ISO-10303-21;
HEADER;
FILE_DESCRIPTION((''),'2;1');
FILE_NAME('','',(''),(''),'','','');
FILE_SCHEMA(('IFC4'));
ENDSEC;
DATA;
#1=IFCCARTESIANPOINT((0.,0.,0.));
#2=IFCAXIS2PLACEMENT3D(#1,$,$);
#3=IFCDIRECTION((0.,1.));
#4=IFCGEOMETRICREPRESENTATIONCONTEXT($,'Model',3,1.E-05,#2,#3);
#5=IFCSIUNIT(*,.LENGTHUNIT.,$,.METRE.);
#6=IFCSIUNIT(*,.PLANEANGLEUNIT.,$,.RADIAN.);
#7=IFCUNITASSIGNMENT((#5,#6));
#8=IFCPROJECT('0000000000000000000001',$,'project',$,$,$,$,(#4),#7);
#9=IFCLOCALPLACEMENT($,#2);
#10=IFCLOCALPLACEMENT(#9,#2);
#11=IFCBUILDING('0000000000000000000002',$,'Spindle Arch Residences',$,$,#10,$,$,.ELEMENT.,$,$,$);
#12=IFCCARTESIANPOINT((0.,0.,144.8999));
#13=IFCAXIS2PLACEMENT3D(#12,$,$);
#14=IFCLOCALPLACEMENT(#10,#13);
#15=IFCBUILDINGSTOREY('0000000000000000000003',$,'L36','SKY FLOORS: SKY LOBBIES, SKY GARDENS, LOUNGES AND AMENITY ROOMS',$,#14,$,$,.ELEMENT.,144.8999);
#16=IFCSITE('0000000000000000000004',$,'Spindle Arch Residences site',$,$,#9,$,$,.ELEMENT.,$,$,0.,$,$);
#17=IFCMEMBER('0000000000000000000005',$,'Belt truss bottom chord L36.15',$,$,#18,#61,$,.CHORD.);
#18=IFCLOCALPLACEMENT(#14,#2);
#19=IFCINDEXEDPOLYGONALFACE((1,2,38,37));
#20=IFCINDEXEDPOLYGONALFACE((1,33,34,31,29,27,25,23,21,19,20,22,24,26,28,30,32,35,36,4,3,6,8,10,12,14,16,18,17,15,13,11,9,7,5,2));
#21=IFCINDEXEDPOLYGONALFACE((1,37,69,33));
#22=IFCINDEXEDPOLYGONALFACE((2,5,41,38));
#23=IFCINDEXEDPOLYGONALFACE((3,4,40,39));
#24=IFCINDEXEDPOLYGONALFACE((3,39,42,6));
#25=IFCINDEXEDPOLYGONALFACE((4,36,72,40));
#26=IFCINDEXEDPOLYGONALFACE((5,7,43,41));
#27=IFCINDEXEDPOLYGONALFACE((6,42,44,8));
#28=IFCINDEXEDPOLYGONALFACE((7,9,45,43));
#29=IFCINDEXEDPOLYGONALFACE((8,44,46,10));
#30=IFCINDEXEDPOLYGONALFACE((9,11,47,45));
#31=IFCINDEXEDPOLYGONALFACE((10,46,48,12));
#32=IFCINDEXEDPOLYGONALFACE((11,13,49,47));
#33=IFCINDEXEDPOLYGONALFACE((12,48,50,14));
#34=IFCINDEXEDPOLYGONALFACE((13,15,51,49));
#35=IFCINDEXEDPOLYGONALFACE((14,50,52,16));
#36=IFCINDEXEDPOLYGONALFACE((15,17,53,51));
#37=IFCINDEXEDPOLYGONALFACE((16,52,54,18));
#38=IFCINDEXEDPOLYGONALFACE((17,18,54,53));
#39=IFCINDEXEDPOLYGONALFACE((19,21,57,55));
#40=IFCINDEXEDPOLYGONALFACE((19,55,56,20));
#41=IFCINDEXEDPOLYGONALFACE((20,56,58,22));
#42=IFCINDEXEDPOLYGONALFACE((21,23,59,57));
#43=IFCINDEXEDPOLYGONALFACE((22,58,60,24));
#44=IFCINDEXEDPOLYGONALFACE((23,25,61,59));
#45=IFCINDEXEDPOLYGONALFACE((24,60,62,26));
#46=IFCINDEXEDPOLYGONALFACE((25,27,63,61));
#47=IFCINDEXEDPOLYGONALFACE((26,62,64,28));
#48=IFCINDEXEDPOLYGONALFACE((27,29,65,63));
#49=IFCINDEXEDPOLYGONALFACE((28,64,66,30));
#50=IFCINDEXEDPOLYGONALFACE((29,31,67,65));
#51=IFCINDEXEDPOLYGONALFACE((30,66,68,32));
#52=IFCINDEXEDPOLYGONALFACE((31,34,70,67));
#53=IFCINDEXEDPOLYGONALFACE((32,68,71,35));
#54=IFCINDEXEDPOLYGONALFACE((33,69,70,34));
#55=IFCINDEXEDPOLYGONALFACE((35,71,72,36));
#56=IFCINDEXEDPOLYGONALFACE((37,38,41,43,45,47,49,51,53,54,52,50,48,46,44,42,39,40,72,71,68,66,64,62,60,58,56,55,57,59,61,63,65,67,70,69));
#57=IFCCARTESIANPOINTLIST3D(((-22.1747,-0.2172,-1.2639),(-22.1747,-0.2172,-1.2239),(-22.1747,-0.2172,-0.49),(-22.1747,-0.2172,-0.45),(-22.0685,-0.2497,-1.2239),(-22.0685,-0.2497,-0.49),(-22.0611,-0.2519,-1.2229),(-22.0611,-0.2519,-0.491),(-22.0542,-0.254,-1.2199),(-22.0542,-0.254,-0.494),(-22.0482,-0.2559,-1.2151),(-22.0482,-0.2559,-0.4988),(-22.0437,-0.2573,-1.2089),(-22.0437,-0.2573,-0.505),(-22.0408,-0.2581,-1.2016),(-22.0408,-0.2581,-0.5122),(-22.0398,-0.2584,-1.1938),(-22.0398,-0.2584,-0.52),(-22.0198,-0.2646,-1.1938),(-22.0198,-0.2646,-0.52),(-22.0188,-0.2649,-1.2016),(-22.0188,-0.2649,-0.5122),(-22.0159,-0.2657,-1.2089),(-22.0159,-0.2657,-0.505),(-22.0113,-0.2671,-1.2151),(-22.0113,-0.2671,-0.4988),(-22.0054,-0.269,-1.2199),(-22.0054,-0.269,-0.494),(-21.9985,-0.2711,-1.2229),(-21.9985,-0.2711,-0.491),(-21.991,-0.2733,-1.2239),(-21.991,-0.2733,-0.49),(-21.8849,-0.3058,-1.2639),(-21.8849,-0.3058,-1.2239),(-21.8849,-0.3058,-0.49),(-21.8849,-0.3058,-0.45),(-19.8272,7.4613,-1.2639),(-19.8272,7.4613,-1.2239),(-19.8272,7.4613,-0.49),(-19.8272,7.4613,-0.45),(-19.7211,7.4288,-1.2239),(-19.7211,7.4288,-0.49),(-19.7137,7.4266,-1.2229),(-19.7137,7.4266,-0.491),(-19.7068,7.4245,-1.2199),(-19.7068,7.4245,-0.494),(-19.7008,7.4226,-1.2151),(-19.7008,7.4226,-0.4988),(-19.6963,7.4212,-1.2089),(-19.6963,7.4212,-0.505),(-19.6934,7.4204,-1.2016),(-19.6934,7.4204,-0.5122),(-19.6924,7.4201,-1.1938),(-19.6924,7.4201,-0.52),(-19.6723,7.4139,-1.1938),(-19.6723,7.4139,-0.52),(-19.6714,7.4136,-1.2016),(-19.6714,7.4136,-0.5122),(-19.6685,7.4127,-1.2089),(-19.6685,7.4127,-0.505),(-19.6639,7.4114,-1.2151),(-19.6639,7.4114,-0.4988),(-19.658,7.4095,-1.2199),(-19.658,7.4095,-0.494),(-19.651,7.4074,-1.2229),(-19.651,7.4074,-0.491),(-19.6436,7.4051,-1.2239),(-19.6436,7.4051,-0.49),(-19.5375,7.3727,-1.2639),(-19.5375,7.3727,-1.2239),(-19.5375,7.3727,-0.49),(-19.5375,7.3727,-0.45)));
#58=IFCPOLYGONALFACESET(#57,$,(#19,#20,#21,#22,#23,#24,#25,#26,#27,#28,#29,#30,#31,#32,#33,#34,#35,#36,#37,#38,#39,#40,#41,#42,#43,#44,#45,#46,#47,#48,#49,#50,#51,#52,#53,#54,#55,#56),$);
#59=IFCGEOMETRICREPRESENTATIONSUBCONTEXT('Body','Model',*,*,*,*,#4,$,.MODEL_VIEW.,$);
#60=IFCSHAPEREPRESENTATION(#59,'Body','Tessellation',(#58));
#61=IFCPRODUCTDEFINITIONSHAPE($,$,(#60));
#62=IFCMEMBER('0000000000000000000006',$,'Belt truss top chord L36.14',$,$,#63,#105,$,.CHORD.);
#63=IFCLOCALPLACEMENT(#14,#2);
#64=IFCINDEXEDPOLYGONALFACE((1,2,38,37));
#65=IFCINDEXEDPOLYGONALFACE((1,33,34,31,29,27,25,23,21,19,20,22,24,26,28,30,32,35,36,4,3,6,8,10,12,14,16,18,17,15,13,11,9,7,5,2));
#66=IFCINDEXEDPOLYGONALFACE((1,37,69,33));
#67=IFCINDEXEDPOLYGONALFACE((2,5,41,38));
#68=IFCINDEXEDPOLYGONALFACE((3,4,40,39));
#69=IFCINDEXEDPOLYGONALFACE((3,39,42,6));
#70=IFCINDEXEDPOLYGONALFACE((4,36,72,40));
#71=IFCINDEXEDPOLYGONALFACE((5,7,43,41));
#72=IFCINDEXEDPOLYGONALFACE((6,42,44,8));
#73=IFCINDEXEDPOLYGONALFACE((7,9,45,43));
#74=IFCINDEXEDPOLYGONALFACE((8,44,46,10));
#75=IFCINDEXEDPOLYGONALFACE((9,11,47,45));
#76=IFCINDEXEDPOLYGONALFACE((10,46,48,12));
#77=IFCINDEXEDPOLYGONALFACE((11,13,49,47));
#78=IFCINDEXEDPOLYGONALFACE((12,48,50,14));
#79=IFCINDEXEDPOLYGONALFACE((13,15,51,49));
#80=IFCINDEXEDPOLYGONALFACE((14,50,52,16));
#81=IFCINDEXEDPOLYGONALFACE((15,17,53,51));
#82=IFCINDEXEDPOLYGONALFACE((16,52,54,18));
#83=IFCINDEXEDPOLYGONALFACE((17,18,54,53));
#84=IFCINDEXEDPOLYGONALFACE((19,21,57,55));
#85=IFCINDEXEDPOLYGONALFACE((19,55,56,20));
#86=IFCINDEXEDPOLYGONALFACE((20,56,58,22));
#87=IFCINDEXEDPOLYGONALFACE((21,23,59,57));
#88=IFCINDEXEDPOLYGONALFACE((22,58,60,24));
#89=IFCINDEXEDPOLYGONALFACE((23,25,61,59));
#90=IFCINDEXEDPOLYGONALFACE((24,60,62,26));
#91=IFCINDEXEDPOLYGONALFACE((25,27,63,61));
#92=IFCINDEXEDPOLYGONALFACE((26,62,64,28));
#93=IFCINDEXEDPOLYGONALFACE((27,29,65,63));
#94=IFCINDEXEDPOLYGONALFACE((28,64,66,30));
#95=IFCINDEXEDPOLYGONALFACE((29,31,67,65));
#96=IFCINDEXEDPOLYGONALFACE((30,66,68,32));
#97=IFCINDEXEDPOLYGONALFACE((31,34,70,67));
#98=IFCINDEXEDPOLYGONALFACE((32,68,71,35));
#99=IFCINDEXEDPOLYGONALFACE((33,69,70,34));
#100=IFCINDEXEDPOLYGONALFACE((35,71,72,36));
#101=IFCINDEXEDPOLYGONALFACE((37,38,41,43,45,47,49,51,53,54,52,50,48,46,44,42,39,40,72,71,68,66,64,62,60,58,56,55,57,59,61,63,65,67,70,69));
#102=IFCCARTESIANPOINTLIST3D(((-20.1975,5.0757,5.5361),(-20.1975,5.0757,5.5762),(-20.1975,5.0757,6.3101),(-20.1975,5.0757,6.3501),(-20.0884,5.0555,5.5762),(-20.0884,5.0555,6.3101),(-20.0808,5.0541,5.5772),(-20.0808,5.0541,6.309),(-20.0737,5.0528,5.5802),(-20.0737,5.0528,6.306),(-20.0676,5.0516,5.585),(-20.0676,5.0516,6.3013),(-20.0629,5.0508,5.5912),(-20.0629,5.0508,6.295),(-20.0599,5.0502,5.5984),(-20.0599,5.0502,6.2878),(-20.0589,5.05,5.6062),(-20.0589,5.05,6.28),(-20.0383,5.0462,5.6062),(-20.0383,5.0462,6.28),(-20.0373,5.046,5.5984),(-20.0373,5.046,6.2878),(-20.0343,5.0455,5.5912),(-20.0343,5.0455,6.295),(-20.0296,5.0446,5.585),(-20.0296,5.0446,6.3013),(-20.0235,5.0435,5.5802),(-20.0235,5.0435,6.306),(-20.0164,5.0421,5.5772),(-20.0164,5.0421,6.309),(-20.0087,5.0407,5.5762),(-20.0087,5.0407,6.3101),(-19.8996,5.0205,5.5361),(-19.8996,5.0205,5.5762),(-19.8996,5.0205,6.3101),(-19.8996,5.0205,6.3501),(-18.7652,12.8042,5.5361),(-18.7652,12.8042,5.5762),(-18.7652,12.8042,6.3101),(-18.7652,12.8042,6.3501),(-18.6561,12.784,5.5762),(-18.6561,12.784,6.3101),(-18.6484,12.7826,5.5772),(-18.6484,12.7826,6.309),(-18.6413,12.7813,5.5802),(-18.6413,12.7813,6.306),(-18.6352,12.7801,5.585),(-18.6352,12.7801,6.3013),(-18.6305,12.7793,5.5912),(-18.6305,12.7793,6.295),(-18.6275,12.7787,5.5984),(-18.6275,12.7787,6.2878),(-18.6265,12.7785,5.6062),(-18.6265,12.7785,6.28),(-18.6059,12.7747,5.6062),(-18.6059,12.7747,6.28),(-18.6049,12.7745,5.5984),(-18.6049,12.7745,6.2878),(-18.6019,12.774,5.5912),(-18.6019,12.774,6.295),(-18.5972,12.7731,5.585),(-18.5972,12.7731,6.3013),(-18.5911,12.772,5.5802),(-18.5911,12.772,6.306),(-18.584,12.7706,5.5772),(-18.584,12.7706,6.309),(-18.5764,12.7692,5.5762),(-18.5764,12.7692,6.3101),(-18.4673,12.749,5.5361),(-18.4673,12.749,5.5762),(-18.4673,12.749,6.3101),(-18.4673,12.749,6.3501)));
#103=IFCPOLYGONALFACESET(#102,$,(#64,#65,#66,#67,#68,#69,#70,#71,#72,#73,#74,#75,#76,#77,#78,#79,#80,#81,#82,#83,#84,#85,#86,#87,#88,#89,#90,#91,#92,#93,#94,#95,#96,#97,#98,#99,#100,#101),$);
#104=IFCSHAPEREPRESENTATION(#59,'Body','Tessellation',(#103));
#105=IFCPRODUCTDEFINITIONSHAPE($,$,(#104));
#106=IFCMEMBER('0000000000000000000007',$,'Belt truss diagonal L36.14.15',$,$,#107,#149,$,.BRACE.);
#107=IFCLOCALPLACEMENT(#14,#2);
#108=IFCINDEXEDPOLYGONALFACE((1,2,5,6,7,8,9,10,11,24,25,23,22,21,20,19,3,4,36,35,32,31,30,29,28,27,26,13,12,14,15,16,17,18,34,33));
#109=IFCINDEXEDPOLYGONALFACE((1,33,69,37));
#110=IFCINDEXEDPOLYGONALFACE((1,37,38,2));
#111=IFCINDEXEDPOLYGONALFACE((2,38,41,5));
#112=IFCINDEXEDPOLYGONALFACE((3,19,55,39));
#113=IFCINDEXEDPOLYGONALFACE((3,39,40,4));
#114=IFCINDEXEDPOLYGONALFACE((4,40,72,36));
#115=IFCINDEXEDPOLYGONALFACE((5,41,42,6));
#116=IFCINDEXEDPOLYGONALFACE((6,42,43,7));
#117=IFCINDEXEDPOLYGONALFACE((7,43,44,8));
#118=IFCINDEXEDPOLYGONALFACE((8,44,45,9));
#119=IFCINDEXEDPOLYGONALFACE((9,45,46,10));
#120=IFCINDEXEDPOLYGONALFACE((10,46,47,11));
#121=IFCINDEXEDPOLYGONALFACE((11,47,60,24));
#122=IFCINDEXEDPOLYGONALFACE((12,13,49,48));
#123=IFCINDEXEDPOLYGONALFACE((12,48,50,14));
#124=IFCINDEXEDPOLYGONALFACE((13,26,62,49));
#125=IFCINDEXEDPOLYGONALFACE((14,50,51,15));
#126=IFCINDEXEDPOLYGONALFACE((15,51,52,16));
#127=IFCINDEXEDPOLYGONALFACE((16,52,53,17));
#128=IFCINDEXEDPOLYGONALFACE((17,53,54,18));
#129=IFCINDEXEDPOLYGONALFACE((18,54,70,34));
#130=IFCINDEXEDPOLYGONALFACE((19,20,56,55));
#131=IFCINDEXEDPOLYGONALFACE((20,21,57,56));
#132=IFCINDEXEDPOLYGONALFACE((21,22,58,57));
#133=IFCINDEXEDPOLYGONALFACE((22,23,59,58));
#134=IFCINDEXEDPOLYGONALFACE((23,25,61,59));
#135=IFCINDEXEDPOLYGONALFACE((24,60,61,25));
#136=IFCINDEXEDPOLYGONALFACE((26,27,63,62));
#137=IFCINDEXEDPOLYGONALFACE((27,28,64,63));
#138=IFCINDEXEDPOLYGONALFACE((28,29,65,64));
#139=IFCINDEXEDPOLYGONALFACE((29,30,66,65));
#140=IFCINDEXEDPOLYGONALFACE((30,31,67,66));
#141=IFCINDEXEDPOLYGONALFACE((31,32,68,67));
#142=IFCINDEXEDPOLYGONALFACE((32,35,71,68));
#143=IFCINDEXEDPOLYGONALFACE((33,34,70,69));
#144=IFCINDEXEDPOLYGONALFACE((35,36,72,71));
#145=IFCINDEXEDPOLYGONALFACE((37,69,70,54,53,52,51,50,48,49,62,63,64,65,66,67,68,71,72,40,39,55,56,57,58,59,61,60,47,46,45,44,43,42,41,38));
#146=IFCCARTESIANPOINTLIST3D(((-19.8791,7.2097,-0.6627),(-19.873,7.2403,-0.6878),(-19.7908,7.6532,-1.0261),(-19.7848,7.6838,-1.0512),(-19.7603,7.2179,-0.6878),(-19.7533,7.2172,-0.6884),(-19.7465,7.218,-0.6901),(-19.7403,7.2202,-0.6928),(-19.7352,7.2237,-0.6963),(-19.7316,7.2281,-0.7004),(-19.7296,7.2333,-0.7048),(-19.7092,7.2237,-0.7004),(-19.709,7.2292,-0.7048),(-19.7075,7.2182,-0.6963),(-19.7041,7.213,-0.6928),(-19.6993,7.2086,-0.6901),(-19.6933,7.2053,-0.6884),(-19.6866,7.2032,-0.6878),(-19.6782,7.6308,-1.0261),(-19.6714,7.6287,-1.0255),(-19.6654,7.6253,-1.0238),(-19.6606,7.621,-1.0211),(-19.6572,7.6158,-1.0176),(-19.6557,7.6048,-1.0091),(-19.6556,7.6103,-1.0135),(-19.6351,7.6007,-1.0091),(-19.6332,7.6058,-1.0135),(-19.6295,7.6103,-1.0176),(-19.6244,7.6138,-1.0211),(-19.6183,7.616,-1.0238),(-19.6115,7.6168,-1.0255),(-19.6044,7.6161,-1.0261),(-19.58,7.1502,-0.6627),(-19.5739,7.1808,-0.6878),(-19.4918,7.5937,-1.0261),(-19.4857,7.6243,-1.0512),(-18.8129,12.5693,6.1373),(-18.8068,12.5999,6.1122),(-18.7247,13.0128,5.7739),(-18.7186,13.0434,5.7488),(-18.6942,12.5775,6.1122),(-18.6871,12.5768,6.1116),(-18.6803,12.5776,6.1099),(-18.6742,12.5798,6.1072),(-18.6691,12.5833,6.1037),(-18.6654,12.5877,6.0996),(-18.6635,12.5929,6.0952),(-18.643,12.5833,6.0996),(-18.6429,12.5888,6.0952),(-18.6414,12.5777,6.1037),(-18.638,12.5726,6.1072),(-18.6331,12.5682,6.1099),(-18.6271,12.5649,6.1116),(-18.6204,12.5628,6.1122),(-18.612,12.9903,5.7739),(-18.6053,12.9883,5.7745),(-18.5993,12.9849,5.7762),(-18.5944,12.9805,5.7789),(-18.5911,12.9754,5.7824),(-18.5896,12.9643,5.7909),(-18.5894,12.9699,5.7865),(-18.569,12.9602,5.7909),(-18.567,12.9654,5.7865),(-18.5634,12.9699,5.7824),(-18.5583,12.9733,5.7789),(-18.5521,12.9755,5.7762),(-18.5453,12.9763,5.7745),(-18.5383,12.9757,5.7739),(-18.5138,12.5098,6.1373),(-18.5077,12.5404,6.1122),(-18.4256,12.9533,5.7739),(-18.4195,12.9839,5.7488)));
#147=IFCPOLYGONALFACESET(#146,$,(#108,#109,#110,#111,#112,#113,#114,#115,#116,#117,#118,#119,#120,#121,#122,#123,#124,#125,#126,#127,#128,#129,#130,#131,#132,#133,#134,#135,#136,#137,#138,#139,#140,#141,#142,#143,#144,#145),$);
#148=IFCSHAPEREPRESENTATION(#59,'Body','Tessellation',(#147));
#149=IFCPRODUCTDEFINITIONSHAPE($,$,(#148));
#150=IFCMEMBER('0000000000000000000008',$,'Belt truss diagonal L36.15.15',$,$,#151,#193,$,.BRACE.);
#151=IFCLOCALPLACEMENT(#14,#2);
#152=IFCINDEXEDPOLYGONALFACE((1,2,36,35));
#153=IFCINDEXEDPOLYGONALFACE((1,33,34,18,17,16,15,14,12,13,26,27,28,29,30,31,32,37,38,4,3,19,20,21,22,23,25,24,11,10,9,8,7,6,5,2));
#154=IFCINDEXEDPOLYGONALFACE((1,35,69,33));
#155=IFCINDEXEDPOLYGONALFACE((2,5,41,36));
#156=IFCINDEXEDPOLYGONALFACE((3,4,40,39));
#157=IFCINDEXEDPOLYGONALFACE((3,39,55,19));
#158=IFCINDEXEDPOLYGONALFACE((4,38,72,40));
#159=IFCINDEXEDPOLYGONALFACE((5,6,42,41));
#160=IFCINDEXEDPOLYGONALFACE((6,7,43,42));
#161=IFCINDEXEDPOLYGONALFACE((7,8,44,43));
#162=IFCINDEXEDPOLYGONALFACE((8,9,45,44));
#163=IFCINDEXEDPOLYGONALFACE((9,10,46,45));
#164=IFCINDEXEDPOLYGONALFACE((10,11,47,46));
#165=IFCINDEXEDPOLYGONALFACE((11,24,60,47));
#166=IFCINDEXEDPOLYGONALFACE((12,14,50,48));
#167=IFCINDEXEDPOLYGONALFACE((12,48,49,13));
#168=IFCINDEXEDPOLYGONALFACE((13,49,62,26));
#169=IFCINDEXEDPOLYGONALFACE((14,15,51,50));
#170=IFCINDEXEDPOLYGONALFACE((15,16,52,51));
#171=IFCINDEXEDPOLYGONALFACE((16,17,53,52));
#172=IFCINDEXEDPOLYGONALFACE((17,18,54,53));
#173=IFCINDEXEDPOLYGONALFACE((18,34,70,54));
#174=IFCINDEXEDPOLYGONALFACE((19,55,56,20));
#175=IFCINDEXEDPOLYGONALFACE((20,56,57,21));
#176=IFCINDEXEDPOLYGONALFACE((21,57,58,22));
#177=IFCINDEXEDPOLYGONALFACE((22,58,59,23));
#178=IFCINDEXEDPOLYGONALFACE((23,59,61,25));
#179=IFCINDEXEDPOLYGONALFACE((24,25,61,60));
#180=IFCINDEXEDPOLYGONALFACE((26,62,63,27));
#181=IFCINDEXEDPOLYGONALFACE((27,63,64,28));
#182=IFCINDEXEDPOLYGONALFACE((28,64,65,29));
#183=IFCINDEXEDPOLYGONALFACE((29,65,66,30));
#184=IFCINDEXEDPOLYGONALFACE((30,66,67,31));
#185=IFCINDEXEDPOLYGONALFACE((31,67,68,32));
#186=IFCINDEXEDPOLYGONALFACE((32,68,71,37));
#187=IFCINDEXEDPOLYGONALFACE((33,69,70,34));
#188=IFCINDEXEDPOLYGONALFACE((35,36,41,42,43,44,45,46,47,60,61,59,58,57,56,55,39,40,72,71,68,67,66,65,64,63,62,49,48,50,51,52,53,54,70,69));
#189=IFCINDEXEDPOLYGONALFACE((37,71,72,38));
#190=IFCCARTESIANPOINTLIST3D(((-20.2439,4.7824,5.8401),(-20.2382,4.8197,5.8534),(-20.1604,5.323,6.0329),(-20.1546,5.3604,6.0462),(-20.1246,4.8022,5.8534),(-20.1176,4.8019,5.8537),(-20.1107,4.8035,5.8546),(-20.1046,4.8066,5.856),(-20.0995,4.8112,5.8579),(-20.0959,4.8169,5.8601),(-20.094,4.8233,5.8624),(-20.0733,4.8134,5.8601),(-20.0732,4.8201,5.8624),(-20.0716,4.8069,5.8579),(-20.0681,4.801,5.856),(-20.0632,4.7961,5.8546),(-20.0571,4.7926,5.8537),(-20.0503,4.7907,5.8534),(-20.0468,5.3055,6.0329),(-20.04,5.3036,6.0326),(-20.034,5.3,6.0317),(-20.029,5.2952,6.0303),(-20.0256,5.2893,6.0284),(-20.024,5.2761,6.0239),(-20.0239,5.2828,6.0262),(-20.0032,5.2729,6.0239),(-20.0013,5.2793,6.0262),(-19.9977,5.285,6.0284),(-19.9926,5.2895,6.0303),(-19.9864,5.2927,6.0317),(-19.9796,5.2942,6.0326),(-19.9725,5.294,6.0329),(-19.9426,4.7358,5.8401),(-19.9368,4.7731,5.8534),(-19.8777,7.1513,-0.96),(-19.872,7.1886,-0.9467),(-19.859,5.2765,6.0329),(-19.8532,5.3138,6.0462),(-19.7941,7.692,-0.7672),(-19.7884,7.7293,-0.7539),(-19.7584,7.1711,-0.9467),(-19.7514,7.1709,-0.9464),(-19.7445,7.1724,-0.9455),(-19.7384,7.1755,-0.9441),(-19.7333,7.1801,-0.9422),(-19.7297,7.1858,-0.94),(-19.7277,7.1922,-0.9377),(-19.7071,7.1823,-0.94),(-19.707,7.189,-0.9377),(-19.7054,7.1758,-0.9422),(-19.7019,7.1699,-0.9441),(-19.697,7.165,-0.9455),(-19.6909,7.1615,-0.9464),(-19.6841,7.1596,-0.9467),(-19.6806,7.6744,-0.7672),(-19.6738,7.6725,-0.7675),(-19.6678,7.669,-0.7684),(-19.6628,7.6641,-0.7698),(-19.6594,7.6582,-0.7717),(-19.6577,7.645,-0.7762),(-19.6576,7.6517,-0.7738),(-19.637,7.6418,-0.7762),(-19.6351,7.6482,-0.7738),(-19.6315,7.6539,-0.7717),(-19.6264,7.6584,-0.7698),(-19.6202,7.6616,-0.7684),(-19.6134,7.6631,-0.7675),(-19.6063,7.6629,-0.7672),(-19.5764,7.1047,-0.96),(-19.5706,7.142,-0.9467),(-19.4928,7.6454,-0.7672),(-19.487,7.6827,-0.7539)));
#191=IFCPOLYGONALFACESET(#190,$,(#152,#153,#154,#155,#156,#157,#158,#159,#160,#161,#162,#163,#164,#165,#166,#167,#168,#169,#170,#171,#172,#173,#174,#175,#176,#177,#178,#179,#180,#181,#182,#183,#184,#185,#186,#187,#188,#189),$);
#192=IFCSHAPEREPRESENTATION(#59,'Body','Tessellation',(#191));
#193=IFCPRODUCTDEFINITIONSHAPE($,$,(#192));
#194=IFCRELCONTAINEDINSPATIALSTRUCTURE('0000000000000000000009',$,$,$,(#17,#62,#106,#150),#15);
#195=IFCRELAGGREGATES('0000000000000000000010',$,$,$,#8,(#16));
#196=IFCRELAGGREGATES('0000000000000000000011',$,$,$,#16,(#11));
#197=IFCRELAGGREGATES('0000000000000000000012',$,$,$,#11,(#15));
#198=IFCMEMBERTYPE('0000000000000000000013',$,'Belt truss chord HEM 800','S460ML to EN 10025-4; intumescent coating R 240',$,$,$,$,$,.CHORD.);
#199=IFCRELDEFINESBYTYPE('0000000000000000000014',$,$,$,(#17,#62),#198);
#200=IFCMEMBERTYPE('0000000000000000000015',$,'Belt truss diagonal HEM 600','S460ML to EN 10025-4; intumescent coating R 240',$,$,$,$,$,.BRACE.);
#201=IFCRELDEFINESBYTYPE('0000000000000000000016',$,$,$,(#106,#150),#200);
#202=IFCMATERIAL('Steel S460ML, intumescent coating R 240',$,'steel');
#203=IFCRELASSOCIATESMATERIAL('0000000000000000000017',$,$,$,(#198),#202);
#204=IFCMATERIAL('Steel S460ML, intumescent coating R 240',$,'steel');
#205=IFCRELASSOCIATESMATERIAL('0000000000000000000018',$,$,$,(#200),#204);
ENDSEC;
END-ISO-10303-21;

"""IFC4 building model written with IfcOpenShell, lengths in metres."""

from ifc_helpers import new_model, si_unit, direction, frame, origin, origin_2d, place, context, subcontext, project, spatial, i_section, extrude, material, material_profile, profile_set, type_object, element, save


model = new_model("IFC4")

# Units and contexts
model_context = context("Model", 3, precision=1e-05, world=origin(), true_north=direction((0.0, 1.0)))
body_context = subcontext(model_context, "Body", "Model", "MODEL_VIEW")
ifc_project = project(units=[si_unit("LENGTHUNIT", "METRE"), si_unit("PLANEANGLEUNIT", "RADIAN")], contexts=[model_context])

# Site, building, storey
site_placement = place(None, origin())
site = spatial("IfcSite", under=ifc_project, at=site_placement, Name="Spindle Arch Residences site", CompositionType="ELEMENT", RefElevation=0.0)
building_placement = place(site_placement, origin())
building = spatial("IfcBuilding", under=site, at=building_placement, Name="Spindle Arch Residences", CompositionType="ELEMENT")
storey_placement = place(building_placement, frame((0.0, 0.0, 144.8999)))
storey = spatial("IfcBuildingStorey", under=building, at=storey_placement, Name="L36", Description="SKY FLOORS: SKY LOBBIES, SKY GARDENS, LOUNGES AND AMENITY ROOMS", CompositionType="ELEMENT", Elevation=144.8999)

# Members
ifc_material_1 = material(Name="Steel S460ML, intumescent coating R 240", Category="steel")
ifc_material_profile_1 = material_profile(ifc_material_1, i_section(OverallWidth=0.303, OverallDepth=0.814, WebThickness=0.021, FlangeThickness=0.04, FilletRadius=0.03, at=origin_2d()), Name="HEM 800")
ifc_profile_set_1 = profile_set([ifc_material_profile_1], Name="Steel S460ML, intumescent coating R 240")
member_type_1 = type_object("IfcMemberType", Name="Belt truss chord HEM 800", Description="S460ML to EN 10025-4; intumescent coating R 240", PredefinedType="CHORD", material=ifc_profile_set_1)
member_1_placement = place(storey_placement, frame((-19.6824, 7.417, -0.8569), z_axis=(-0.292357, -0.956309, 0.0), x_axis=(0.956309, -0.292357, 0.0)))
element("IfcMember", 1, at=member_1_placement, inside=storey, type_object=member_type_1, Name="Belt truss bottom chord L36.15", PredefinedType="CHORD", context=body_context, shape_type="SweptSolid", body=[
    extrude(i_section(OverallWidth=0.303, OverallDepth=0.814, WebThickness=0.021, FlangeThickness=0.04, FilletRadius=0.03, at=origin_2d()), origin(), (0.0, 0.0, 1.0), 8.0293),
])
member_2_placement = place(storey_placement, frame((-18.6162, 12.7766, 5.9431), z_axis=(-0.182233, -0.983255, 0.0), x_axis=(0.983255, -0.182233, 0.0)))
element("IfcMember", 2, at=member_2_placement, inside=storey, type_object=member_type_1, Name="Belt truss top chord L36.14", PredefinedType="CHORD", context=body_context, shape_type="SweptSolid", body=[
    extrude(i_section(OverallWidth=0.303, OverallDepth=0.814, WebThickness=0.021, FlangeThickness=0.04, FilletRadius=0.03, at=origin_2d()), origin(), (0.0, 0.0, 1.0), 7.8601),
])
ifc_material_2 = material(Name="Steel S460ML, intumescent coating R 240", Category="steel")
ifc_material_profile_2 = material_profile(ifc_material_2, i_section(OverallWidth=0.3049, OverallDepth=0.6201, WebThickness=0.021, FlangeThickness=0.04, FilletRadius=0.0271, at=origin_2d()), Name="HEM 600")
ifc_profile_set_2 = profile_set([ifc_material_profile_2], Name="Steel S460ML, intumescent coating R 240")
member_type_2 = type_object("IfcMemberType", Name="Belt truss diagonal HEM 600", Description="S460ML to EN 10025-4; intumescent coating R 240", PredefinedType="BRACE", material=ifc_profile_set_2)
member_3_placement = place(storey_placement, frame((-19.6824, 7.417, -0.8569), z_axis=(0.122214, 0.614375, 0.779492), x_axis=(-0.980783, 0.195102, 0.0)))
element("IfcMember", 3, at=member_3_placement, inside=storey, type_object=member_type_2, Name="Belt truss diagonal L36.14.15", PredefinedType="BRACE", context=body_context, shape_type="SweptSolid", body=[
    extrude(i_section(OverallWidth=0.3049, OverallDepth=0.6201, WebThickness=0.021, FlangeThickness=0.04, FilletRadius=0.0271, at=origin_2d()), origin(), (0.0, 0.0, 1.0), 8.7236),
])
member_4_placement = place(storey_placement, frame((-19.6824, 7.417, -0.8569), z_axis=(-0.050791, -0.32855, 0.94312), x_axis=(0.988261, -0.152777, 0.0)))
element("IfcMember", 4, at=member_4_placement, inside=storey, type_object=member_type_2, Name="Belt truss diagonal L36.15.15", PredefinedType="BRACE", context=body_context, shape_type="SweptSolid", body=[
    extrude(i_section(OverallWidth=0.3049, OverallDepth=0.6201, WebThickness=0.021, FlangeThickness=0.04, FilletRadius=0.0271, at=origin_2d()), origin(), (0.0, 0.0, 1.0), 7.2102),
])

save(model, "model.ifc")
